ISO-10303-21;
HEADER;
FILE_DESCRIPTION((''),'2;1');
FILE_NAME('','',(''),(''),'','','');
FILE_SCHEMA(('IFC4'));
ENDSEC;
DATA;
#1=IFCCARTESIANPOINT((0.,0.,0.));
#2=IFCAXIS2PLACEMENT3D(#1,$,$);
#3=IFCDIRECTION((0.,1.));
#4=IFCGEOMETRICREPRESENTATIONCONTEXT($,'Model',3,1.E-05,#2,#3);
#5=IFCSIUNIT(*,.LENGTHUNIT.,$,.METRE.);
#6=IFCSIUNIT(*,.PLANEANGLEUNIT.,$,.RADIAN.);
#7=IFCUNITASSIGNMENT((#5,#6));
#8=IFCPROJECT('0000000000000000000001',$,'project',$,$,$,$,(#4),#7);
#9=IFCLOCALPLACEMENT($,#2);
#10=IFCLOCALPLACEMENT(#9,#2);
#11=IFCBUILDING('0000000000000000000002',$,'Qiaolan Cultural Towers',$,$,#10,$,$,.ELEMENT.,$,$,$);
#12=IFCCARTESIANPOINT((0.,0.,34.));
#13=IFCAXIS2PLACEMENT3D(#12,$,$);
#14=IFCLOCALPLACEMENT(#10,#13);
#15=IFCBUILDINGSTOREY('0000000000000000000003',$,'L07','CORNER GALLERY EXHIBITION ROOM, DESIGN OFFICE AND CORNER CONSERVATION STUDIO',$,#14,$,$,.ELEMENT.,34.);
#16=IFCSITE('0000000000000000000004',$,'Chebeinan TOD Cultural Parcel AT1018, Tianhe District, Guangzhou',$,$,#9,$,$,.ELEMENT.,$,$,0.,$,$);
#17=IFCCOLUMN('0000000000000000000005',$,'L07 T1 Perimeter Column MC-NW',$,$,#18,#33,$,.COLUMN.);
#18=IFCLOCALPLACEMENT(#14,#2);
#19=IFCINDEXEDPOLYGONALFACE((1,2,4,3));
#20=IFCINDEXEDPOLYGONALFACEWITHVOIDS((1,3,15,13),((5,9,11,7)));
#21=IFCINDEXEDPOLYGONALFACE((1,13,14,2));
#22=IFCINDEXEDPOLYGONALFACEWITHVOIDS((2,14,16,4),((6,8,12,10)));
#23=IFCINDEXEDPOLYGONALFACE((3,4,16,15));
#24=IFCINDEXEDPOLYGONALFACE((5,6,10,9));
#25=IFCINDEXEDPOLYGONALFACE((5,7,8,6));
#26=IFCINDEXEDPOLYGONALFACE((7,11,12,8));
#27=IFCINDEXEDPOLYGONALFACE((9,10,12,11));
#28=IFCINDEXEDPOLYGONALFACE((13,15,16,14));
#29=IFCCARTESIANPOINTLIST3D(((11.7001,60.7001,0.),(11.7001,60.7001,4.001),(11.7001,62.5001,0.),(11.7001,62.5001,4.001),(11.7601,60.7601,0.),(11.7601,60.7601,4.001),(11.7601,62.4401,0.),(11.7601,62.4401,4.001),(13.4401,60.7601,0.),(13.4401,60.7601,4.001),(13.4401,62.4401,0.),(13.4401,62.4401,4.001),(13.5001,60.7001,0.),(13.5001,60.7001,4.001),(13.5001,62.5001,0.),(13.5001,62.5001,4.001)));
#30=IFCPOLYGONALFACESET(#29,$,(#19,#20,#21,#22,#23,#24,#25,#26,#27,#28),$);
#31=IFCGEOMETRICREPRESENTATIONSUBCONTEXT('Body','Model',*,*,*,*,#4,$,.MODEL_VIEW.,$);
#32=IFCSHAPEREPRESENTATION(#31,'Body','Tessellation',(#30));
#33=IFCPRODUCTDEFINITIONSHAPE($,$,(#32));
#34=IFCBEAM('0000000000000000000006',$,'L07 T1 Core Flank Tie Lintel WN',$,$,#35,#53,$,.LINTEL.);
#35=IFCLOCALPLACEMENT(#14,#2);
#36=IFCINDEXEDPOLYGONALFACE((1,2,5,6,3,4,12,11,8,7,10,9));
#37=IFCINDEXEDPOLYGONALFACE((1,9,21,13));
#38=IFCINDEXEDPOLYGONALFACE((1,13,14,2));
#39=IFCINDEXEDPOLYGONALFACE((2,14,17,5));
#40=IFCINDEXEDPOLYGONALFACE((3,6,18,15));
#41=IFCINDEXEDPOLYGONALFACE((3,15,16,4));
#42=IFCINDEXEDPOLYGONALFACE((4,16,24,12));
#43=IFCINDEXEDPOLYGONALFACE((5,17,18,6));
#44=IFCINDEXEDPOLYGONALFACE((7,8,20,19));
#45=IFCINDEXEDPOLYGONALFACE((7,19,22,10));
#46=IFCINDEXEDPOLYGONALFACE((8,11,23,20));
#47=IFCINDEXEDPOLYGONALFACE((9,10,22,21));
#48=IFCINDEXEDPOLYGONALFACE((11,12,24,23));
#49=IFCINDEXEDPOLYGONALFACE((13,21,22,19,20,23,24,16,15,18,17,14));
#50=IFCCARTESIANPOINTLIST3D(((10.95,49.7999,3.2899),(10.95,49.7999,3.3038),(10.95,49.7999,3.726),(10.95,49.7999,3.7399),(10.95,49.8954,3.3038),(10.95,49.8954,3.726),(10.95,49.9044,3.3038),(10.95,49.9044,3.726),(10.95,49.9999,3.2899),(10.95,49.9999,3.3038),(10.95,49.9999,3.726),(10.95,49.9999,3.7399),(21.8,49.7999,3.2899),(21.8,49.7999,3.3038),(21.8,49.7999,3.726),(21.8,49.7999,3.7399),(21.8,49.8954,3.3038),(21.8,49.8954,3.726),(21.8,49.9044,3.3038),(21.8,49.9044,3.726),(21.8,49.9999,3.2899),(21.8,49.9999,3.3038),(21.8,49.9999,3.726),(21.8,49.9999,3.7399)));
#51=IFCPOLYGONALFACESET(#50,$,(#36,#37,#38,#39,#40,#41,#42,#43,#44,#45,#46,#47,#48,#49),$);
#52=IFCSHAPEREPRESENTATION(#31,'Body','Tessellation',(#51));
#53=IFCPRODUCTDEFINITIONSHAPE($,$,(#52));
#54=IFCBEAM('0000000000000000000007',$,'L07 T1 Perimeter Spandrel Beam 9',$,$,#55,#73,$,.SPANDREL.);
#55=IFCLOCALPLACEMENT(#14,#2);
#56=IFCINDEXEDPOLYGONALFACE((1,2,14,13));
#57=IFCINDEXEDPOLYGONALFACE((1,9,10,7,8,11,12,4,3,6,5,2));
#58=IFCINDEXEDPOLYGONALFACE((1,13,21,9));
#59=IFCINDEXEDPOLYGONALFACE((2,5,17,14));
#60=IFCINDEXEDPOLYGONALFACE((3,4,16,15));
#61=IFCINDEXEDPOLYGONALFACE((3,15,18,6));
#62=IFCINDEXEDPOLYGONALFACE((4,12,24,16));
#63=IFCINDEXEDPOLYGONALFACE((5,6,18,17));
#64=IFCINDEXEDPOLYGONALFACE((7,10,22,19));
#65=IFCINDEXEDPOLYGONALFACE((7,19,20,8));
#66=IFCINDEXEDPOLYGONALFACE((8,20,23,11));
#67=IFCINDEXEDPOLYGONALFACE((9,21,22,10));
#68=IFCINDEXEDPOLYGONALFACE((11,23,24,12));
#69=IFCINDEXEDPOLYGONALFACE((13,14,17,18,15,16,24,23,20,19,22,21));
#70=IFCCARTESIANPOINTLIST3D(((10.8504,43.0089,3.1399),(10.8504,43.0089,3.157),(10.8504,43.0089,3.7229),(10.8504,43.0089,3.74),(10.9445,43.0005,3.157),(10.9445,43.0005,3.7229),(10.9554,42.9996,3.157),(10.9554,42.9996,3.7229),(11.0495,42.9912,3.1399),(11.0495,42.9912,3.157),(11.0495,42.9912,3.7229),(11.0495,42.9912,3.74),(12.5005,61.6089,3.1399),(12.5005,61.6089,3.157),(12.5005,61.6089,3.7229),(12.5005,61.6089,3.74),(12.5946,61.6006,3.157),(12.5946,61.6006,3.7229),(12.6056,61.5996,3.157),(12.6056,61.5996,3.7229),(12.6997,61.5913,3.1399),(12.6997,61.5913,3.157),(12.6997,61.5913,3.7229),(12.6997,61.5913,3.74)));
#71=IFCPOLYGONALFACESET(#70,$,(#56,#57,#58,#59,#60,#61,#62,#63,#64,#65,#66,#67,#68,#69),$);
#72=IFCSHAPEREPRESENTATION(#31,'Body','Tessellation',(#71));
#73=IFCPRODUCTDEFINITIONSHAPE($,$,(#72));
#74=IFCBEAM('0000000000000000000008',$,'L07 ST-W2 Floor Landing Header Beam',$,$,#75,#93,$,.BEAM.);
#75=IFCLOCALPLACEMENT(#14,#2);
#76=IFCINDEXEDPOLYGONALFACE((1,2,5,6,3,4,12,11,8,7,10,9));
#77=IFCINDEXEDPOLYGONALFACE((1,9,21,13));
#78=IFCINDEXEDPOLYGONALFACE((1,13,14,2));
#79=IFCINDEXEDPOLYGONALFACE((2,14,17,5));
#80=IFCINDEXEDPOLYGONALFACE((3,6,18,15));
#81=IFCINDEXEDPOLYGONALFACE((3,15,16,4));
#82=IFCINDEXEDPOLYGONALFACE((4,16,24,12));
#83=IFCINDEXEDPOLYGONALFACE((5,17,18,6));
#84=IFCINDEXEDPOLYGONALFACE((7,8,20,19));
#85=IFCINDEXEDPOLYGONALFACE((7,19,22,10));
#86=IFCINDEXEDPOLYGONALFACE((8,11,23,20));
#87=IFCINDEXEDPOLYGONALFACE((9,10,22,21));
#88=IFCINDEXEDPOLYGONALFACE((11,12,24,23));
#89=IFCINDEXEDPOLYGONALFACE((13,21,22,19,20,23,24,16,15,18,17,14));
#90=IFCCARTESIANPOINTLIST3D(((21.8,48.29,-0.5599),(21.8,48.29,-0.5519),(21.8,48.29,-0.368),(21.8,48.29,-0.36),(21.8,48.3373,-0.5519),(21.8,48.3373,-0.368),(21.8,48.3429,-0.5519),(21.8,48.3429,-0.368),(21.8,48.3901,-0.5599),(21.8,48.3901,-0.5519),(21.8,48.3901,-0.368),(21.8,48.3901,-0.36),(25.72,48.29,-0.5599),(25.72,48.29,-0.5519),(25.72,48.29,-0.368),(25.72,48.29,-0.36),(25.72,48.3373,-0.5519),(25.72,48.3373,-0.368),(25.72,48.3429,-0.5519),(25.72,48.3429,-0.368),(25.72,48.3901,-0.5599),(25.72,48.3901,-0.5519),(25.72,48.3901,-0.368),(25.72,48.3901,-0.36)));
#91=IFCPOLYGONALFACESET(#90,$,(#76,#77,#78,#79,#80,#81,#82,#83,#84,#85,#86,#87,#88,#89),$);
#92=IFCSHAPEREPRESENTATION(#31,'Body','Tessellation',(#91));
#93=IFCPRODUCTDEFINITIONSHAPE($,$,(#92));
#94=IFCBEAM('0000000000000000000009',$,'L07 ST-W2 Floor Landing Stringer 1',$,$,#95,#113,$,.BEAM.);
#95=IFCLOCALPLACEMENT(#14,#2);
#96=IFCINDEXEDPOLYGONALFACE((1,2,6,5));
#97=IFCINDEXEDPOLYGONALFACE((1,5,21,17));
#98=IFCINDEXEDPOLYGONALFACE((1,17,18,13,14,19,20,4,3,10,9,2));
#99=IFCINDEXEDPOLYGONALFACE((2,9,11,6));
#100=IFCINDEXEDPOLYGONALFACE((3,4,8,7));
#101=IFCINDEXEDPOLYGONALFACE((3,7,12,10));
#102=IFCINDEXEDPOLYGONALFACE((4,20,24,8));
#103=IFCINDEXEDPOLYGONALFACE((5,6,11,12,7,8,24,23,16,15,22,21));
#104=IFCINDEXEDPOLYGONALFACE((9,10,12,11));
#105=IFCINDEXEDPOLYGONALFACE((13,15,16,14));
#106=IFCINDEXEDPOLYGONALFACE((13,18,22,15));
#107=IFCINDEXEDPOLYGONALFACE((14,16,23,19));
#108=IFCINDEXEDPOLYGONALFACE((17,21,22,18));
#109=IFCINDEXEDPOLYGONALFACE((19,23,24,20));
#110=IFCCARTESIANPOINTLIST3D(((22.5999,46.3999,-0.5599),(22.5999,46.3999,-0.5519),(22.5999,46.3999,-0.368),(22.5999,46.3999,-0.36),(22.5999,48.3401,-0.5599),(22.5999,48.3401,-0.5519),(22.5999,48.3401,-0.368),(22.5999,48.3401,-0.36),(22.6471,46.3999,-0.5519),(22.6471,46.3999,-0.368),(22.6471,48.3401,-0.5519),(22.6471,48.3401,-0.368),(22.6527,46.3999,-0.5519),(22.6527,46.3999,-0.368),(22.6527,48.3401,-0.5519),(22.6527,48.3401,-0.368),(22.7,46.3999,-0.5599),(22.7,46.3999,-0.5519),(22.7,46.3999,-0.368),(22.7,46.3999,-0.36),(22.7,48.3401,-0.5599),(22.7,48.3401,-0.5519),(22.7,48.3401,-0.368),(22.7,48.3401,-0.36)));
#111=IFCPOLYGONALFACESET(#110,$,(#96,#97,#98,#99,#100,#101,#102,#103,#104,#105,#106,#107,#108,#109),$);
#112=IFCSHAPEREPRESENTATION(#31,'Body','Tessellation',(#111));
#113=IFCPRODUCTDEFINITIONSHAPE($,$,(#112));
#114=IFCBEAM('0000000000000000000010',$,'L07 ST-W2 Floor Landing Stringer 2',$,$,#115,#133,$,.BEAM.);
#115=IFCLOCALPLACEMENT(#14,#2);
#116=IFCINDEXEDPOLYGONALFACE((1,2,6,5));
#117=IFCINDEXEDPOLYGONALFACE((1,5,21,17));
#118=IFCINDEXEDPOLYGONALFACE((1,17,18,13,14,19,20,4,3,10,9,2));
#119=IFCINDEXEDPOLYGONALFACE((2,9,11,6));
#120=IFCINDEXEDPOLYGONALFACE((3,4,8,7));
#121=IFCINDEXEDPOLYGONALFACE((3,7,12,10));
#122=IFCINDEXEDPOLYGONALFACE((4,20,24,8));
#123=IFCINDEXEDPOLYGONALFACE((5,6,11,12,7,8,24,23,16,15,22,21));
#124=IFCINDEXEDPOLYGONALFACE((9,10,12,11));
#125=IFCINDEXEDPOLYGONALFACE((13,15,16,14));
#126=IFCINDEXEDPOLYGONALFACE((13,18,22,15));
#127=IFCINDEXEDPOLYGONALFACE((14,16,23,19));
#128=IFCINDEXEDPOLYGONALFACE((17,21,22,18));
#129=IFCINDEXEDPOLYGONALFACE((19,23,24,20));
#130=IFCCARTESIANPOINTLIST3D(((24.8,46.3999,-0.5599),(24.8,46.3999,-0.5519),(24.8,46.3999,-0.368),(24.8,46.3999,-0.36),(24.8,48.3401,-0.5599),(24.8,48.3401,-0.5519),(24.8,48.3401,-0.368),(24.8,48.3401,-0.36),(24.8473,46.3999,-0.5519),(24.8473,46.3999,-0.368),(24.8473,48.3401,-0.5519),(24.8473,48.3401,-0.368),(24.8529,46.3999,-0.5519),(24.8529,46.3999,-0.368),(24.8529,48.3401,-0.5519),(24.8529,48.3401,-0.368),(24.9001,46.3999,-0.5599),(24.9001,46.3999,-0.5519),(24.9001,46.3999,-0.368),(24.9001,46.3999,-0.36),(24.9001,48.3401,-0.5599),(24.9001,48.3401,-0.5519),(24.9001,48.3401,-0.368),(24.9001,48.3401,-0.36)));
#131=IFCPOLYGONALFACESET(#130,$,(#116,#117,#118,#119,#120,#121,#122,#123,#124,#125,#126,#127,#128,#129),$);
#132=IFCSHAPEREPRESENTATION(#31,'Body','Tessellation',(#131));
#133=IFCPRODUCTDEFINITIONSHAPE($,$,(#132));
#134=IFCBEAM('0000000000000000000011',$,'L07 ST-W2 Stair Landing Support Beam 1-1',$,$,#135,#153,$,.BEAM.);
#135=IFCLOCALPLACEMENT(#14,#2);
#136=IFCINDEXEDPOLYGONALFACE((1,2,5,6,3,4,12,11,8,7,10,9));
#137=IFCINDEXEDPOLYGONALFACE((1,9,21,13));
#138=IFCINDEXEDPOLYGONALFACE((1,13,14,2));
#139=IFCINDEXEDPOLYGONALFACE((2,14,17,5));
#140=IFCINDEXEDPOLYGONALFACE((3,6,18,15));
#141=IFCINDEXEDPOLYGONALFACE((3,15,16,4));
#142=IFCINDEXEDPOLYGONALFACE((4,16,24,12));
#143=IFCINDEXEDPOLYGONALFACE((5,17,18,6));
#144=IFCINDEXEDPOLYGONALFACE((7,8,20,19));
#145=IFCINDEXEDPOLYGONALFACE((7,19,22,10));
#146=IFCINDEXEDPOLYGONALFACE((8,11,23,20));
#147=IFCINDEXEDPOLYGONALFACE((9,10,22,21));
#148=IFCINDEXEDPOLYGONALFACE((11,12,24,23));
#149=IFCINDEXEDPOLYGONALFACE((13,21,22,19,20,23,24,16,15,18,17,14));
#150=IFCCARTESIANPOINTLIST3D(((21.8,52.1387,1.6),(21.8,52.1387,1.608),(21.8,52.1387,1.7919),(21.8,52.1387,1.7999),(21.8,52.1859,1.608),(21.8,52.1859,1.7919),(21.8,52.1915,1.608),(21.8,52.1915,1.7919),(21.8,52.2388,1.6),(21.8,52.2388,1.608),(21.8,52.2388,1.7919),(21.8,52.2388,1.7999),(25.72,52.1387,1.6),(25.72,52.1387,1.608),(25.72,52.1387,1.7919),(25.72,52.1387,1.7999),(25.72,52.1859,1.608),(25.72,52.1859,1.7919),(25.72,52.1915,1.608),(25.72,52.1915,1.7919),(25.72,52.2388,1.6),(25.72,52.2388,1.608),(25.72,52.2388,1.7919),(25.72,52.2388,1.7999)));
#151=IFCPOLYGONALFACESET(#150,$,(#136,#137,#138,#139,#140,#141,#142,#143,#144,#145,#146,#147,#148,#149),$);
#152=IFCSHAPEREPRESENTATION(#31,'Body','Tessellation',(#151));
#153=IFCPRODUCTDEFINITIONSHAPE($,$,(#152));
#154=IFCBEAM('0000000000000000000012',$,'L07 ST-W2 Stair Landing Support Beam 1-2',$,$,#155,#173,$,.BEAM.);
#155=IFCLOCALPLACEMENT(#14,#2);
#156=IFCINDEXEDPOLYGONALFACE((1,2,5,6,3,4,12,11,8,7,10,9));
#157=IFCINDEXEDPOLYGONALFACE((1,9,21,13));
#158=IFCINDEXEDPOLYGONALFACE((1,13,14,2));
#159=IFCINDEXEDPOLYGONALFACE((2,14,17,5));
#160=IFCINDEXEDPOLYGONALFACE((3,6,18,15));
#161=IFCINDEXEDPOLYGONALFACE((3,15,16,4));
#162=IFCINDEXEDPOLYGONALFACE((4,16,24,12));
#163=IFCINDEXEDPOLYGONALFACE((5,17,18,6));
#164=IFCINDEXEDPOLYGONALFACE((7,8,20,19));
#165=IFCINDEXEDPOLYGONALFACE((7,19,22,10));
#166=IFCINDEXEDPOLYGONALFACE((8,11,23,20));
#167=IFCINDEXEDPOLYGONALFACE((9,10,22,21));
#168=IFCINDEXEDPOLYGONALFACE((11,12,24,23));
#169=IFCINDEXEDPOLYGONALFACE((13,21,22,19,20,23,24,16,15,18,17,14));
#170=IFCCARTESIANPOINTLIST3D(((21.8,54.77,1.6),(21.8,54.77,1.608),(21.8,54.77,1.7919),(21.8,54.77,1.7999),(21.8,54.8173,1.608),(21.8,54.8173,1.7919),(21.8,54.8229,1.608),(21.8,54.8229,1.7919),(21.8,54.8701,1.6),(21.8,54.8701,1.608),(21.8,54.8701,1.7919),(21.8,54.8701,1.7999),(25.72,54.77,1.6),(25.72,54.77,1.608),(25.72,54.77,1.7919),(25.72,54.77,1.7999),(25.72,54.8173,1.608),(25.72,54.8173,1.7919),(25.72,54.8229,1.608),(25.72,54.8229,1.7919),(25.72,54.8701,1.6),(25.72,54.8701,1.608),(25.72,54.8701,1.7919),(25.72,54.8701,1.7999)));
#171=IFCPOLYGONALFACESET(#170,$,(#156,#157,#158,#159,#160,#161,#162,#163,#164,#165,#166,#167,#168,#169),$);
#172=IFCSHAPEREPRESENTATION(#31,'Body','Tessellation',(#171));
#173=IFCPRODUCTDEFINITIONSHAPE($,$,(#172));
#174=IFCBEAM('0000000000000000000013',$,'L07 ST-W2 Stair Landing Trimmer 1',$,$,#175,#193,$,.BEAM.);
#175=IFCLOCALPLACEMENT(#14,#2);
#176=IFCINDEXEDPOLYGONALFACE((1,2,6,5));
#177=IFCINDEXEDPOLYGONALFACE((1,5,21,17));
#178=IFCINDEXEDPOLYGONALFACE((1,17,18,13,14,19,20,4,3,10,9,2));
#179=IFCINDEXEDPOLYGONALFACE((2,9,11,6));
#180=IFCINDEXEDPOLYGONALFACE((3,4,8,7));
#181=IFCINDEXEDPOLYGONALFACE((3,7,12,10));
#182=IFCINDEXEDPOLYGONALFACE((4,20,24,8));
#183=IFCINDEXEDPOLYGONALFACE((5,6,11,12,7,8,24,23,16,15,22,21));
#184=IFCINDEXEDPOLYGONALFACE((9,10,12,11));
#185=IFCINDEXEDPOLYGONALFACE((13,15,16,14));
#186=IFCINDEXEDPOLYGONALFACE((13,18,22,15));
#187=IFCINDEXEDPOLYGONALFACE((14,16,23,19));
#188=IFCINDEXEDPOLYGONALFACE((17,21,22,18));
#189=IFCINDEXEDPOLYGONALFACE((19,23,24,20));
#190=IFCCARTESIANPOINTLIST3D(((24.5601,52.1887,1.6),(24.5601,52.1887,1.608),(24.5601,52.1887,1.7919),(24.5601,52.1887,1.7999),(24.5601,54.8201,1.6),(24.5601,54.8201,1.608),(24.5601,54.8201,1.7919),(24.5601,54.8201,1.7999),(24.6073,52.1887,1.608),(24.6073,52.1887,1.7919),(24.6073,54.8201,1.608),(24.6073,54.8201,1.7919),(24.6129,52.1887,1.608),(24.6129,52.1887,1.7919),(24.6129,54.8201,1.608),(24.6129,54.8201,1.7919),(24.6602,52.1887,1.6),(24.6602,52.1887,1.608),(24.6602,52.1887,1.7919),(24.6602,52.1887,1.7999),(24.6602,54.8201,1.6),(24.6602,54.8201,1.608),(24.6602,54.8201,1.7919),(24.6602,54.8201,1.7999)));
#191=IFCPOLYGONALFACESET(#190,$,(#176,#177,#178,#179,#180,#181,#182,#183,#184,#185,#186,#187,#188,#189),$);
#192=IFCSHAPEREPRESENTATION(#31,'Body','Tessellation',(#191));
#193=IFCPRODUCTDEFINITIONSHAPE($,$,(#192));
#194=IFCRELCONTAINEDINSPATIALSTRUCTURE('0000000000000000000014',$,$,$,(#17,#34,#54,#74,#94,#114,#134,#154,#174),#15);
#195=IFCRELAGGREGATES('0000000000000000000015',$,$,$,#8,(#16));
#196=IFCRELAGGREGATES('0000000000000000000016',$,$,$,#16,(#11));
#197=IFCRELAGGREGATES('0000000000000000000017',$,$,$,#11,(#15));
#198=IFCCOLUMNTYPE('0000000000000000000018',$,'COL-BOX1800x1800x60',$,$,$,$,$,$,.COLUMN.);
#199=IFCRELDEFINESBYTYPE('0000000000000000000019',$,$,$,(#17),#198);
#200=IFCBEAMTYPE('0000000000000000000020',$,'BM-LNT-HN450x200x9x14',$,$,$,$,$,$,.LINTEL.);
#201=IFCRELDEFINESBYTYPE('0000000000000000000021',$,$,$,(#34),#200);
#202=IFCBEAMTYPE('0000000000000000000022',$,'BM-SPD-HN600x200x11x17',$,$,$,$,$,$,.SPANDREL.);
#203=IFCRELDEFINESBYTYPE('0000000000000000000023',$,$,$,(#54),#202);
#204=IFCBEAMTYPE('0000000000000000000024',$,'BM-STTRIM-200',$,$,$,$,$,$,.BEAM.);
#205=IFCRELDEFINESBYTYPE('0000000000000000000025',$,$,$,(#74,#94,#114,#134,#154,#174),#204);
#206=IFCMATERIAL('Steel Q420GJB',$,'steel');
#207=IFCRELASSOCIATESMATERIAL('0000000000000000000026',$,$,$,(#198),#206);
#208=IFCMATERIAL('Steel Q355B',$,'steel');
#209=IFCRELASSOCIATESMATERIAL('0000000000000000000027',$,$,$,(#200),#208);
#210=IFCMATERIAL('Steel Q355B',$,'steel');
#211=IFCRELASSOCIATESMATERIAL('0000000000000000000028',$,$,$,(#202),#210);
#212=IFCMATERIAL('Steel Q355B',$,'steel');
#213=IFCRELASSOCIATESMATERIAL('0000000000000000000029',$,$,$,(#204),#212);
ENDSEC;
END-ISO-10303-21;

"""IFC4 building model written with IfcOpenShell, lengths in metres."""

from ifc_helpers import new_model, si_unit, direction, frame, origin, origin_2d, place, context, subcontext, project, spatial, hollow_rectangle, i_section, extrude, material, material_profile, profile_set, type_object, element, save


model = new_model("IFC4")

# Units and contexts
model_context = context("Model", 3, precision=1e-05, world=origin(), true_north=direction((0.0, 1.0)))
body_context = subcontext(model_context, "Body", "Model", "MODEL_VIEW")
ifc_project = project(units=[si_unit("LENGTHUNIT", "METRE"), si_unit("PLANEANGLEUNIT", "RADIAN")], contexts=[model_context])

# Site, building, storey
site_placement = place(None, origin())
site = spatial("IfcSite", under=ifc_project, at=site_placement, Name="Chebeinan TOD Cultural Parcel AT1018, Tianhe District, Guangzhou", CompositionType="ELEMENT", RefElevation=0.0)
building_placement = place(site_placement, origin())
building = spatial("IfcBuilding", under=site, at=building_placement, Name="Qiaolan Cultural Towers", CompositionType="ELEMENT")
storey_placement = place(building_placement, frame((0.0, 0.0, 34.0)))
storey = spatial("IfcBuildingStorey", under=building, at=storey_placement, Name="L07", Description="CORNER GALLERY EXHIBITION ROOM, DESIGN OFFICE AND CORNER CONSERVATION STUDIO", CompositionType="ELEMENT", Elevation=34.0)

# Column
ifc_material_1 = material(Name="Steel Q420GJB", Category="steel")
ifc_material_profile_1 = material_profile(ifc_material_1, hollow_rectangle(XDim=1.8, YDim=1.8, WallThickness=0.0601, at=origin_2d()), Name="BOX1800x1800x60")
ifc_profile_set_1 = profile_set([ifc_material_profile_1], Name="Steel Q420GJB")
column_type = type_object("IfcColumnType", Name="COL-BOX1800x1800x60", PredefinedType="COLUMN", material=ifc_profile_set_1)
column_placement = place(storey_placement, frame((12.6001, 61.6001, 0.0), z_axis=(0.0, 0.0, 1.0), x_axis=(1.0, 0.0, 0.0)))
element("IfcColumn", 1, at=column_placement, inside=storey, type_object=column_type, Name="L07 T1 Perimeter Column MC-NW", PredefinedType="COLUMN", context=body_context, shape_type="SweptSolid", body=[
    extrude(hollow_rectangle(XDim=1.8, YDim=1.8, WallThickness=0.0601, at=origin_2d()), origin(), (0.0, 0.0, 1.0), 4.001),
])

# Beams
ifc_material_2 = material(Name="Steel Q355B", Category="steel")
ifc_material_profile_2 = material_profile(ifc_material_2, i_section(OverallWidth=0.2, OverallDepth=0.45, WebThickness=0.009, FlangeThickness=0.0139, at=origin_2d()), Name="HN450x200x9x14")
ifc_profile_set_2 = profile_set([ifc_material_profile_2], Name="Steel Q355B")
beam_type_1 = type_object("IfcBeamType", Name="BM-LNT-HN450x200x9x14", PredefinedType="LINTEL", material=ifc_profile_set_2)
beam_1_placement = place(storey_placement, frame((21.8, 49.8999, 3.5149), z_axis=(-1.0, 0.0, 0.0), x_axis=(0.0, -1.0, 0.0)))
element("IfcBeam", 2, at=beam_1_placement, inside=storey, type_object=beam_type_1, Name="L07 T1 Core Flank Tie Lintel WN", PredefinedType="LINTEL", context=body_context, shape_type="SweptSolid", body=[
    extrude(i_section(OverallWidth=0.2, OverallDepth=0.45, WebThickness=0.009, FlangeThickness=0.0139, at=origin_2d()), origin(), (0.0, 0.0, 1.0), 10.8501),
])
ifc_material_3 = material(Name="Steel Q355B", Category="steel")
ifc_material_profile_3 = material_profile(ifc_material_3, i_section(OverallWidth=0.2, OverallDepth=0.6001, WebThickness=0.011, FlangeThickness=0.0171, at=origin_2d()), Name="HN600x200x11x17")
ifc_profile_set_3 = profile_set([ifc_material_profile_3], Name="Steel Q355B")
beam_type_2 = type_object("IfcBeamType", Name="BM-SPD-HN600x200x11x17", PredefinedType="SPANDREL", material=ifc_profile_set_3)
beam_2_placement = place(storey_placement, frame((12.6001, 61.6001, 3.4399), z_axis=(-0.08837, -0.996088, 0.0), x_axis=(0.996088, -0.08837, 0.0)))
element("IfcBeam", 3, at=beam_2_placement, inside=storey, type_object=beam_type_2, Name="L07 T1 Perimeter Spandrel Beam 9", PredefinedType="SPANDREL", context=body_context, shape_type="SweptSolid", body=[
    extrude(i_section(OverallWidth=0.2, OverallDepth=0.6001, WebThickness=0.011, FlangeThickness=0.0171, at=origin_2d()), origin(), (0.0, 0.0, 1.0), 18.6731),
])
ifc_material_4 = material(Name="Steel Q355B", Category="steel")
ifc_material_profile_4 = material_profile(ifc_material_4, i_section(OverallWidth=0.1001, OverallDepth=0.2, WebThickness=0.0056, FlangeThickness=0.0081, at=origin_2d()), Name="HN200x100x5.5x8")
ifc_profile_set_4 = profile_set([ifc_material_profile_4], Name="Steel Q355B")
beam_type_3 = type_object("IfcBeamType", Name="BM-STTRIM-200", PredefinedType="BEAM", material=ifc_profile_set_4)
beam_3_placement = place(storey_placement, frame((21.8, 48.3401, -0.46), z_axis=(1.0, 0.0, 0.0), x_axis=(0.0, 1.0, 0.0)))
element("IfcBeam", 4, at=beam_3_placement, inside=storey, type_object=beam_type_3, Name="L07 ST-W2 Floor Landing Header Beam", PredefinedType="BEAM", context=body_context, shape_type="SweptSolid", body=[
    extrude(i_section(OverallWidth=0.1001, OverallDepth=0.2, WebThickness=0.0056, FlangeThickness=0.0081, at=origin_2d()), origin(), (0.0, 0.0, 1.0), 3.9199),
])
for number, where, z_axis, x_axis, name in (
    (5, (22.6499, 46.3999, -0.46), (0.0, 1.0, 0.0), (-1.0, 0.0, 0.0), "L07 ST-W2 Floor Landing Stringer 1"),
    (6, (24.8501, 46.3999, -0.46), (0.0, 1.0, 0.0), (-1.0, 0.0, 0.0), "L07 ST-W2 Floor Landing Stringer 2"),
):
    element("IfcBeam", number, at=place(storey_placement, frame(where, z_axis=z_axis, x_axis=x_axis)), inside=storey, type_object=beam_type_3, Name=name, PredefinedType="BEAM", context=body_context, shape_type="SweptSolid", body=[
        extrude(i_section(OverallWidth=0.1001, OverallDepth=0.2, WebThickness=0.0056, FlangeThickness=0.0081, at=origin_2d()), origin(), (0.0, 0.0, 1.0), 1.9402),
    ])
for number, where, z_axis, x_axis, name in (
    (7, (21.8, 52.1887, 1.7), (1.0, 0.0, 0.0), (0.0, 1.0, 0.0), "L07 ST-W2 Stair Landing Support Beam 1-1"),
    (8, (21.8, 54.8201, 1.7), (1.0, 0.0, 0.0), (0.0, 1.0, 0.0), "L07 ST-W2 Stair Landing Support Beam 1-2"),
):
    element("IfcBeam", number, at=place(storey_placement, frame(where, z_axis=z_axis, x_axis=x_axis)), inside=storey, type_object=beam_type_3, Name=name, PredefinedType="BEAM", context=body_context, shape_type="SweptSolid", body=[
        extrude(i_section(OverallWidth=0.1001, OverallDepth=0.2, WebThickness=0.0056, FlangeThickness=0.0081, at=origin_2d()), origin(), (0.0, 0.0, 1.0), 3.9199),
    ])
beam_4_placement = place(storey_placement, frame((24.6101, 52.1887, 1.7), z_axis=(0.0, 1.0, 0.0), x_axis=(-1.0, 0.0, 0.0)))
element("IfcBeam", 9, at=beam_4_placement, inside=storey, type_object=beam_type_3, Name="L07 ST-W2 Stair Landing Trimmer 1", PredefinedType="BEAM", context=body_context, shape_type="SweptSolid", body=[
    extrude(i_section(OverallWidth=0.1001, OverallDepth=0.2, WebThickness=0.0056, FlangeThickness=0.0081, at=origin_2d()), origin(), (0.0, 0.0, 1.0), 2.6313),
])

save(model, "model.ifc")
